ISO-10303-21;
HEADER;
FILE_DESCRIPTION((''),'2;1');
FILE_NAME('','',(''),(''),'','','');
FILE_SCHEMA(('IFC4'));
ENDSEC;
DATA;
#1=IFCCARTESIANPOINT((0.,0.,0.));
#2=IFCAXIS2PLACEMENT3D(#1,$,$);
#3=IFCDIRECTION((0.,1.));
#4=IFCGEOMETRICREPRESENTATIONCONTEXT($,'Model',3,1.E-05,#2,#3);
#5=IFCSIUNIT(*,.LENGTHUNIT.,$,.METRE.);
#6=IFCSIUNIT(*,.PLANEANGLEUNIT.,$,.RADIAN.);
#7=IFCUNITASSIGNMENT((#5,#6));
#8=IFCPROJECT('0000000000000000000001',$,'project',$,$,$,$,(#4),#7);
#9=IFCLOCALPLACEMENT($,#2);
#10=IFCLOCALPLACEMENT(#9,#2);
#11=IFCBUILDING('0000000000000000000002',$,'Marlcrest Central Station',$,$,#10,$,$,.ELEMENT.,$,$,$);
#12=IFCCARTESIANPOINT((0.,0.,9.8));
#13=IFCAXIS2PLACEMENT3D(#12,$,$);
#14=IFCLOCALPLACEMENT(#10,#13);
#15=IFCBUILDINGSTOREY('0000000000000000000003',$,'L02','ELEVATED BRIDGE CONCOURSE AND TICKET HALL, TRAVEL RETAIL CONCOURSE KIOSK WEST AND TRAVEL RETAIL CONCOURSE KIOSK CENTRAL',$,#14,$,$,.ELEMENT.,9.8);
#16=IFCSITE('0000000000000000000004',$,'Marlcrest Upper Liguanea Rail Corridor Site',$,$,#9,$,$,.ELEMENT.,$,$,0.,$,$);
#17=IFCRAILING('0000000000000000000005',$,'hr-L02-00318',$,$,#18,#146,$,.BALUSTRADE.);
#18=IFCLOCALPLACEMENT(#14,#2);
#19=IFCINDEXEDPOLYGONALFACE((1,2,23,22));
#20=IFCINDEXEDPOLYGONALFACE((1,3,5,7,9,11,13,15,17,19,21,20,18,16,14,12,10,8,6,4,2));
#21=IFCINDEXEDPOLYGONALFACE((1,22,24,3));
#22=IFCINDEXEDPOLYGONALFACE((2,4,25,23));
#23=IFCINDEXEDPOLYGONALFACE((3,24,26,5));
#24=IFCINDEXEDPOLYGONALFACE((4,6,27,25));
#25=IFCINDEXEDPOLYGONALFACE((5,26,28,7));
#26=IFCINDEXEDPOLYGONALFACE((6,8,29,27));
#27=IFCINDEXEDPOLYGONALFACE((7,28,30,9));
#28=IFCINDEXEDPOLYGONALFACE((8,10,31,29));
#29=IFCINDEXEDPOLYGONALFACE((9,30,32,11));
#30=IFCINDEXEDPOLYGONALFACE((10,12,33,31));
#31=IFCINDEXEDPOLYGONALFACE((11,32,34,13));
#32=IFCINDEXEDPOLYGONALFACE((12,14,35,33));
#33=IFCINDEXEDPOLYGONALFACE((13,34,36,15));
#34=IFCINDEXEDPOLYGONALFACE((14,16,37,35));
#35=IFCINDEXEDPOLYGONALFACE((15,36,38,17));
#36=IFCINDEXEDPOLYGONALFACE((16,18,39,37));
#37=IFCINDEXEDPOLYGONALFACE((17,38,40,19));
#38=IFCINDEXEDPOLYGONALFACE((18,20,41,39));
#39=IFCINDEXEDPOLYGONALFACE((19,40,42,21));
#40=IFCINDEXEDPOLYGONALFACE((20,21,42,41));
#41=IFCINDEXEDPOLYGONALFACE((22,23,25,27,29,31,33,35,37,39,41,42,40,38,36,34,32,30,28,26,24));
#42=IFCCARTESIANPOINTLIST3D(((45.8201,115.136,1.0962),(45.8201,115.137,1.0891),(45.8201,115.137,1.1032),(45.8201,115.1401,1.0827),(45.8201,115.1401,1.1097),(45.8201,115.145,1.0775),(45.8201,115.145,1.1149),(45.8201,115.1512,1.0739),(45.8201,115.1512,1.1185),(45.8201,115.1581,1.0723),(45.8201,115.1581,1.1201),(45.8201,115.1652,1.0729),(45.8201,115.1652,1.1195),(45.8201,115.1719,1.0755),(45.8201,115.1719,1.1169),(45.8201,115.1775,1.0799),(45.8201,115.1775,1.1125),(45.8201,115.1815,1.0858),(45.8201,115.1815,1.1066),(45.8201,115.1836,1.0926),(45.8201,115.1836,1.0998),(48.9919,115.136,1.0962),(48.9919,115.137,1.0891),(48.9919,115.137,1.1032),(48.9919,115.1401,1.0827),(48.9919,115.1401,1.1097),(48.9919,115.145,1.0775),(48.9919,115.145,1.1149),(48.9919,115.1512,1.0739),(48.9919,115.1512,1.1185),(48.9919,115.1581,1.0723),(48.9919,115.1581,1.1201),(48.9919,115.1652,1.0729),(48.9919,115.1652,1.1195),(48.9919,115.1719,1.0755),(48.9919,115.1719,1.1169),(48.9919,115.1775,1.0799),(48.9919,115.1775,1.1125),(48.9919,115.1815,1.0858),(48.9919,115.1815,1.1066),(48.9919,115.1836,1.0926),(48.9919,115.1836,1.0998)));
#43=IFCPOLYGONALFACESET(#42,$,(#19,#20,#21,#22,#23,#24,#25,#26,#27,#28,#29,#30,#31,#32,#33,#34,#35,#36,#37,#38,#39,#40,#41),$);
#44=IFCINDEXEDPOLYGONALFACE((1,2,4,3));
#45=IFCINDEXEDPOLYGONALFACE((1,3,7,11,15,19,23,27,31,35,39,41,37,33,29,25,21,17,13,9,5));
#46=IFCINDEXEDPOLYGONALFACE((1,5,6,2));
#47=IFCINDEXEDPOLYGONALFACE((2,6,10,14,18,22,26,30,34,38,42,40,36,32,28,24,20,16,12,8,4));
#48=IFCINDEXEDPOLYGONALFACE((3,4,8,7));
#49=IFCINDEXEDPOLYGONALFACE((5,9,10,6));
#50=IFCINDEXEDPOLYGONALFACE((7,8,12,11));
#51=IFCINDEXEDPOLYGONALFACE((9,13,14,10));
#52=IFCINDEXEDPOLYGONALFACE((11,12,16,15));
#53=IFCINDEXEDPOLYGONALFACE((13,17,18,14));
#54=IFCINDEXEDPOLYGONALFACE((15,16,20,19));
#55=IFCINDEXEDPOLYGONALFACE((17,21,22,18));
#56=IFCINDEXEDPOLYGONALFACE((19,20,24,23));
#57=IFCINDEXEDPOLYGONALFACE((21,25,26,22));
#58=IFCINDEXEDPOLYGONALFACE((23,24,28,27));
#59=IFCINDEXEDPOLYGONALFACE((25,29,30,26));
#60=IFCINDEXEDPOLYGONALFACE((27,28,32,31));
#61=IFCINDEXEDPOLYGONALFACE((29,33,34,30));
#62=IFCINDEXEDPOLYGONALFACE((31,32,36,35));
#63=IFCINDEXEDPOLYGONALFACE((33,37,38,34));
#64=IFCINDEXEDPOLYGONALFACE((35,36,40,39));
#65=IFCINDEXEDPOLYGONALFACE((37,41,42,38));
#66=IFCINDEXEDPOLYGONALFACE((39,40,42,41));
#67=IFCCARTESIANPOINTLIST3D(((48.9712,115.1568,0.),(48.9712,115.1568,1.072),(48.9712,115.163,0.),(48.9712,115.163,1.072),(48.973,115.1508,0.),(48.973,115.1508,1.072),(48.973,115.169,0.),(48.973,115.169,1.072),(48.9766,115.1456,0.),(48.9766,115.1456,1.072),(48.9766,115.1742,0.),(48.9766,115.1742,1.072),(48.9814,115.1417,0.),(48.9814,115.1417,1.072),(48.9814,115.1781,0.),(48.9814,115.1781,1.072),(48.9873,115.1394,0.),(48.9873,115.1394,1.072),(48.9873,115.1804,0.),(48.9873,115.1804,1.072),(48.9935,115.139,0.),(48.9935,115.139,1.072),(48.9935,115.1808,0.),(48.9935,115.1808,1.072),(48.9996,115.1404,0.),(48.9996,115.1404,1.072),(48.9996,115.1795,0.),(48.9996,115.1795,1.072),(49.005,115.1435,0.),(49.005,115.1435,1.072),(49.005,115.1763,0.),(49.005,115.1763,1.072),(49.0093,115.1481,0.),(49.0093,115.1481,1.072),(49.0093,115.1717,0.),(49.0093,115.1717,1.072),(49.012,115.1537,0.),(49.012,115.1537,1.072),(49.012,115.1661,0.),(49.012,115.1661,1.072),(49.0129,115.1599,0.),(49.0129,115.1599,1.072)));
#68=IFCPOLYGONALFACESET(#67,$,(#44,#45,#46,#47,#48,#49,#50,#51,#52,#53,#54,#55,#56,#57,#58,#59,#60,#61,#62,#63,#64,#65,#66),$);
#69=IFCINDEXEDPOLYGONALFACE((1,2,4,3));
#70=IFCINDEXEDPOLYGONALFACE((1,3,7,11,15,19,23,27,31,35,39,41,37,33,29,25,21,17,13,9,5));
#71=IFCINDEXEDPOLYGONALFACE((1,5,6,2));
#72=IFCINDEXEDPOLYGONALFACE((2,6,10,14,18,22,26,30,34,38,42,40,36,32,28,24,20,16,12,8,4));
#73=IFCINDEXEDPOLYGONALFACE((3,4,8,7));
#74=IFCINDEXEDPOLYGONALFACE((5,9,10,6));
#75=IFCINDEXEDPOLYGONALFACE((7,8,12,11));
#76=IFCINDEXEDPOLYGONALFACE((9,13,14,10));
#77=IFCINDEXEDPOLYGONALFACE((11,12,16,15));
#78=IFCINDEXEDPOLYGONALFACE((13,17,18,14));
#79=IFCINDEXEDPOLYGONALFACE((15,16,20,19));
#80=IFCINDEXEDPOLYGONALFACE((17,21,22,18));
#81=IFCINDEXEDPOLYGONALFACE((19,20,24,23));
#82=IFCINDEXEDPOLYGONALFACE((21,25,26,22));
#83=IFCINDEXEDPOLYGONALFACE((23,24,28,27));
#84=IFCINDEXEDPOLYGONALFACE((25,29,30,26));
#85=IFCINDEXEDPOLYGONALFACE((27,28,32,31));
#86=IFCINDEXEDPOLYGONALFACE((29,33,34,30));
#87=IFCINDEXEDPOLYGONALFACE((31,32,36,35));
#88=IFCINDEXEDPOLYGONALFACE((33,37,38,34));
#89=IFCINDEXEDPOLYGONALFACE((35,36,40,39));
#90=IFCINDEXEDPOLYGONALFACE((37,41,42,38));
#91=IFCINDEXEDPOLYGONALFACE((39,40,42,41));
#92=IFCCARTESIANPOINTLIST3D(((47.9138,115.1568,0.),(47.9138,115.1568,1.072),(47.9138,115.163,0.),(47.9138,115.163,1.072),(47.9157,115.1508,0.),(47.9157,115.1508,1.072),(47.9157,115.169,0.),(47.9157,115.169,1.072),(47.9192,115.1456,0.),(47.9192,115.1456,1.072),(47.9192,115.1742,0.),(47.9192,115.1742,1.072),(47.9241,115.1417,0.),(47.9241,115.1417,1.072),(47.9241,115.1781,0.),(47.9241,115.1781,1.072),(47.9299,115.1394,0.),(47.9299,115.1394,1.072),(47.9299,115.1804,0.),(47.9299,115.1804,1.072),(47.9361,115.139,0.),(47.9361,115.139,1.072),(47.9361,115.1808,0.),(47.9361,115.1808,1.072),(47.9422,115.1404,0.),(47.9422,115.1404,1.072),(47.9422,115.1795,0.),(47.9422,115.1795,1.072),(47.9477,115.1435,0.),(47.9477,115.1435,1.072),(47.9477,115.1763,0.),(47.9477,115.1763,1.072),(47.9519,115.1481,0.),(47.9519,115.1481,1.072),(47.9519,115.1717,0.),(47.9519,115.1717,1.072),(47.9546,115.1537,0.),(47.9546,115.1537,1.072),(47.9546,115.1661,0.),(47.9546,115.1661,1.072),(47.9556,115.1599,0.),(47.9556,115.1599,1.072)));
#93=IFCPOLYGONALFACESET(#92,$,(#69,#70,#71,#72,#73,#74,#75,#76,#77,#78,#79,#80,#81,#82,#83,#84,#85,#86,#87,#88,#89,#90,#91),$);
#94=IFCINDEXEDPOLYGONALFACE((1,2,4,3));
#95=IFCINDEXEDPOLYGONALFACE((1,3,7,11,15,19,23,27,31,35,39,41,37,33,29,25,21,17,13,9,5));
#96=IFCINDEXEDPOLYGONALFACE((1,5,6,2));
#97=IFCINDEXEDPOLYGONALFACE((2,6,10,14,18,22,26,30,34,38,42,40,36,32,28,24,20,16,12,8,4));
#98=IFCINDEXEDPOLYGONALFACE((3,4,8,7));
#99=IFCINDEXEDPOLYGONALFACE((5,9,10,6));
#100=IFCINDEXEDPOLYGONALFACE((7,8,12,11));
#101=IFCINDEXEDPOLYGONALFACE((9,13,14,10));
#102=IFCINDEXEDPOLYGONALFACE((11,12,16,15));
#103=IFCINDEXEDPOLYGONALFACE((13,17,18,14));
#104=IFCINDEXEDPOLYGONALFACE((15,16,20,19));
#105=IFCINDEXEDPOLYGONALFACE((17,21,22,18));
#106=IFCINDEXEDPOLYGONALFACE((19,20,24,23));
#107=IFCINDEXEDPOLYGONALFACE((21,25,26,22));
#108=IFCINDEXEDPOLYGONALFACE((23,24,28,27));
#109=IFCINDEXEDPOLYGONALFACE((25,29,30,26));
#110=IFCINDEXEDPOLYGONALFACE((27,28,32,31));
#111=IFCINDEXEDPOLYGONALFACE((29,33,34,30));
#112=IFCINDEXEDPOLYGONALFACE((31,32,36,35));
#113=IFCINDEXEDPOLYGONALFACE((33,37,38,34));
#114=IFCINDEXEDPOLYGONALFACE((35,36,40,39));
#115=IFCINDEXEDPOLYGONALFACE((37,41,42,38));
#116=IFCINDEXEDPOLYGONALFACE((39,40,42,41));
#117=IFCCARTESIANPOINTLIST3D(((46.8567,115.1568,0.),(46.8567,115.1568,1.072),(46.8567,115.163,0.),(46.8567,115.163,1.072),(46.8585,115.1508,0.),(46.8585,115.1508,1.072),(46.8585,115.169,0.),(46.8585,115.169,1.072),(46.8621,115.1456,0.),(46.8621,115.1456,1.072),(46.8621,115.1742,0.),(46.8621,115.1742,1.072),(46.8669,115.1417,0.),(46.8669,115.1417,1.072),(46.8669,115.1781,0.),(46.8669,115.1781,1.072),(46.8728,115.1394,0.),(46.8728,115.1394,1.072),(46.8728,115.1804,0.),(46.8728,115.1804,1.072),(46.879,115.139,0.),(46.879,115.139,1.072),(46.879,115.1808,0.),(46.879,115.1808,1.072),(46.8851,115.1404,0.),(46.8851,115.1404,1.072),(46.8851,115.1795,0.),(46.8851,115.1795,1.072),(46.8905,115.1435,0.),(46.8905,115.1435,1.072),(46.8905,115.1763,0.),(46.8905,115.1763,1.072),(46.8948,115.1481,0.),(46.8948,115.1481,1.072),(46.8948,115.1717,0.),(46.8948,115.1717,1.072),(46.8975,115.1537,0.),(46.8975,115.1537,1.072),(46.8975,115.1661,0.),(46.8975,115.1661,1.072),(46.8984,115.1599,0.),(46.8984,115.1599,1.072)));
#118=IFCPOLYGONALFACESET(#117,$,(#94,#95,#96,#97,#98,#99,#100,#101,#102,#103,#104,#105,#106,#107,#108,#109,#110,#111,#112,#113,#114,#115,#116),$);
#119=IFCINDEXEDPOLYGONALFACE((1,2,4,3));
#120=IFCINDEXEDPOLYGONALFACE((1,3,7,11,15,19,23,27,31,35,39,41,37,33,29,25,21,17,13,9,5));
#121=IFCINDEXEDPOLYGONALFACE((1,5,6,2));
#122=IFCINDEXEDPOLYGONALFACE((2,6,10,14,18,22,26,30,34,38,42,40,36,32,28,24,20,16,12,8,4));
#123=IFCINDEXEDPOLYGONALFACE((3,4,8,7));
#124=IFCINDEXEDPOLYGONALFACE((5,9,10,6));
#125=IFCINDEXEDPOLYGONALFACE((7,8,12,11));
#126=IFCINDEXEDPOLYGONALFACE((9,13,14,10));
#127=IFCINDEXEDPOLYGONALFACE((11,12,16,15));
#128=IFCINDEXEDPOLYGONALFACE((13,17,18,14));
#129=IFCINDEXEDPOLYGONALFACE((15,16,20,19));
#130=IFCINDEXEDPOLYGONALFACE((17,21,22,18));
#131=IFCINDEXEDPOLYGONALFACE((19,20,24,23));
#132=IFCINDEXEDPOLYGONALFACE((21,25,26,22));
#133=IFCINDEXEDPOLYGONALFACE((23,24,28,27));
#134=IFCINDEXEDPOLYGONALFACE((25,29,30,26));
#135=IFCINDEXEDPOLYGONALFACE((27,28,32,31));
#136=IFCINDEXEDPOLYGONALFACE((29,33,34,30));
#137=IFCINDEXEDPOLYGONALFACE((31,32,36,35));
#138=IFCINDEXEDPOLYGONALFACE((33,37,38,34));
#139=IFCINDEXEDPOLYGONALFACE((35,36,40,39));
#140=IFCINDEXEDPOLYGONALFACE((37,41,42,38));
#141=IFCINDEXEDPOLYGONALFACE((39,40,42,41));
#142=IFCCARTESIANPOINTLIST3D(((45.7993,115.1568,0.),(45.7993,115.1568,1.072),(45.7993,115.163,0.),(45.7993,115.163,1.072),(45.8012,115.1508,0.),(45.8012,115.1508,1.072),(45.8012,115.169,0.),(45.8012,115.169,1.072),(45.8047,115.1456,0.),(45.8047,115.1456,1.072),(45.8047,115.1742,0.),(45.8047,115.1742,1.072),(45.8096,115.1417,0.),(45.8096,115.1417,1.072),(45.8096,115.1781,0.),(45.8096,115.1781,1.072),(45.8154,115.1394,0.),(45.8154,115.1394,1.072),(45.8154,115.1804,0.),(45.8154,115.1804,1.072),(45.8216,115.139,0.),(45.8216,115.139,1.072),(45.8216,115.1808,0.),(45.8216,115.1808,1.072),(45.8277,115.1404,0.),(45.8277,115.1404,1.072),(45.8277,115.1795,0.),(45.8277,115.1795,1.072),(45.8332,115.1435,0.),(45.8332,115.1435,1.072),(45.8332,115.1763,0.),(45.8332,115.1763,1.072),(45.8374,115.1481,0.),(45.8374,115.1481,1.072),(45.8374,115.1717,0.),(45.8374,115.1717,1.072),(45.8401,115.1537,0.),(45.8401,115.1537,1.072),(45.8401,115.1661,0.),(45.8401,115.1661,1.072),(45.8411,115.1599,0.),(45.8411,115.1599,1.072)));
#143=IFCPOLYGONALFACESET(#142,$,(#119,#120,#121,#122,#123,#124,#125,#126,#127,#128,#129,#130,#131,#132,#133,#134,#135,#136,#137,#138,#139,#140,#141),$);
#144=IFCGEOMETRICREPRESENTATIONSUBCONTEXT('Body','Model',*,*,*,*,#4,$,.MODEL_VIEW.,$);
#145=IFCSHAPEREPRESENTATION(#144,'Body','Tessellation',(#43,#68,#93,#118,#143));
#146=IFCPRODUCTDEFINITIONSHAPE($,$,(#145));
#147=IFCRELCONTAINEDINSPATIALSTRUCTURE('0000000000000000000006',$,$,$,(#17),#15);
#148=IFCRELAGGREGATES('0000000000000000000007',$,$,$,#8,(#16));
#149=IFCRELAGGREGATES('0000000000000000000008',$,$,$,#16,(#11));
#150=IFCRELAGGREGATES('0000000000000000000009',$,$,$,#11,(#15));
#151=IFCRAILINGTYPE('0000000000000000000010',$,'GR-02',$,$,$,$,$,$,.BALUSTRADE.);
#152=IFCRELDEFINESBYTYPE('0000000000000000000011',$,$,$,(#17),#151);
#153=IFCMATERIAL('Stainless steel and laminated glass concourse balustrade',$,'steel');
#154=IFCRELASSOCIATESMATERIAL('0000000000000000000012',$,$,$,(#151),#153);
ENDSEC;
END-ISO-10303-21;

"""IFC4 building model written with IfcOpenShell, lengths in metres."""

from ifc_helpers import new_model, si_unit, direction, frame, origin, origin_2d, place, context, subcontext, project, spatial, circle, extrude, material, type_object, element, save


model = new_model("IFC4")

# Units and contexts
model_context = context("Model", 3, precision=1e-05, world=origin(), true_north=direction((0.0, 1.0)))
body_context = subcontext(model_context, "Body", "Model", "MODEL_VIEW")
ifc_project = project(units=[si_unit("LENGTHUNIT", "METRE"), si_unit("PLANEANGLEUNIT", "RADIAN")], contexts=[model_context])

# Site, building, storey
site_placement = place(None, origin())
site = spatial("IfcSite", under=ifc_project, at=site_placement, Name="Marlcrest Upper Liguanea Rail Corridor Site", CompositionType="ELEMENT", RefElevation=0.0)
building_placement = place(site_placement, origin())
building = spatial("IfcBuilding", under=site, at=building_placement, Name="Marlcrest Central Station", CompositionType="ELEMENT")
storey_placement = place(building_placement, frame((0.0, 0.0, 9.8)))
storey = spatial("IfcBuildingStorey", under=building, at=storey_placement, Name="L02", Description="ELEVATED BRIDGE CONCOURSE AND TICKET HALL, TRAVEL RETAIL CONCOURSE KIOSK WEST AND TRAVEL RETAIL CONCOURSE KIOSK CENTRAL", CompositionType="ELEMENT", Elevation=9.8)

# Railing
ifc_material_1 = material(Name="Stainless steel and laminated glass concourse balustrade", Category="steel")
railing_type_1 = type_object("IfcRailingType", Name="GR-02", PredefinedType="BALUSTRADE", material=ifc_material_1)
railing_1_placement = place(storey_placement, frame((48.9919, 115.1599, 0.0)))
element("IfcRailing", 1, at=railing_1_placement, inside=storey, type_object=railing_type_1, Name="hr-L02-00318", PredefinedType="BALUSTRADE", context=body_context, shape_type="SweptSolid", body=[
    extrude(circle(Radius=0.0239, at=origin_2d()), frame((0.0, 0.0, 1.0962), z_axis=(-1.0, 0.0, 0.0), x_axis=(0.0, -1.0, 0.0)), (0.0, 0.0, 1.0), 3.1719),
    extrude(circle(Radius=0.021, at=origin_2d()), origin(), (0.0, 0.0, 1.0), 1.072),
    extrude(circle(Radius=0.021, at=origin_2d()), frame((-1.0574, 0.0, 0.0)), (0.0, 0.0, 1.0), 1.072),
    extrude(circle(Radius=0.021, at=origin_2d()), frame((-2.1145, 0.0, 0.0)), (0.0, 0.0, 1.0), 1.072),
    extrude(circle(Radius=0.021, at=origin_2d()), frame((-3.1719, 0.0, 0.0)), (0.0, 0.0, 1.0), 1.072),
])

save(model, "model.ifc")
